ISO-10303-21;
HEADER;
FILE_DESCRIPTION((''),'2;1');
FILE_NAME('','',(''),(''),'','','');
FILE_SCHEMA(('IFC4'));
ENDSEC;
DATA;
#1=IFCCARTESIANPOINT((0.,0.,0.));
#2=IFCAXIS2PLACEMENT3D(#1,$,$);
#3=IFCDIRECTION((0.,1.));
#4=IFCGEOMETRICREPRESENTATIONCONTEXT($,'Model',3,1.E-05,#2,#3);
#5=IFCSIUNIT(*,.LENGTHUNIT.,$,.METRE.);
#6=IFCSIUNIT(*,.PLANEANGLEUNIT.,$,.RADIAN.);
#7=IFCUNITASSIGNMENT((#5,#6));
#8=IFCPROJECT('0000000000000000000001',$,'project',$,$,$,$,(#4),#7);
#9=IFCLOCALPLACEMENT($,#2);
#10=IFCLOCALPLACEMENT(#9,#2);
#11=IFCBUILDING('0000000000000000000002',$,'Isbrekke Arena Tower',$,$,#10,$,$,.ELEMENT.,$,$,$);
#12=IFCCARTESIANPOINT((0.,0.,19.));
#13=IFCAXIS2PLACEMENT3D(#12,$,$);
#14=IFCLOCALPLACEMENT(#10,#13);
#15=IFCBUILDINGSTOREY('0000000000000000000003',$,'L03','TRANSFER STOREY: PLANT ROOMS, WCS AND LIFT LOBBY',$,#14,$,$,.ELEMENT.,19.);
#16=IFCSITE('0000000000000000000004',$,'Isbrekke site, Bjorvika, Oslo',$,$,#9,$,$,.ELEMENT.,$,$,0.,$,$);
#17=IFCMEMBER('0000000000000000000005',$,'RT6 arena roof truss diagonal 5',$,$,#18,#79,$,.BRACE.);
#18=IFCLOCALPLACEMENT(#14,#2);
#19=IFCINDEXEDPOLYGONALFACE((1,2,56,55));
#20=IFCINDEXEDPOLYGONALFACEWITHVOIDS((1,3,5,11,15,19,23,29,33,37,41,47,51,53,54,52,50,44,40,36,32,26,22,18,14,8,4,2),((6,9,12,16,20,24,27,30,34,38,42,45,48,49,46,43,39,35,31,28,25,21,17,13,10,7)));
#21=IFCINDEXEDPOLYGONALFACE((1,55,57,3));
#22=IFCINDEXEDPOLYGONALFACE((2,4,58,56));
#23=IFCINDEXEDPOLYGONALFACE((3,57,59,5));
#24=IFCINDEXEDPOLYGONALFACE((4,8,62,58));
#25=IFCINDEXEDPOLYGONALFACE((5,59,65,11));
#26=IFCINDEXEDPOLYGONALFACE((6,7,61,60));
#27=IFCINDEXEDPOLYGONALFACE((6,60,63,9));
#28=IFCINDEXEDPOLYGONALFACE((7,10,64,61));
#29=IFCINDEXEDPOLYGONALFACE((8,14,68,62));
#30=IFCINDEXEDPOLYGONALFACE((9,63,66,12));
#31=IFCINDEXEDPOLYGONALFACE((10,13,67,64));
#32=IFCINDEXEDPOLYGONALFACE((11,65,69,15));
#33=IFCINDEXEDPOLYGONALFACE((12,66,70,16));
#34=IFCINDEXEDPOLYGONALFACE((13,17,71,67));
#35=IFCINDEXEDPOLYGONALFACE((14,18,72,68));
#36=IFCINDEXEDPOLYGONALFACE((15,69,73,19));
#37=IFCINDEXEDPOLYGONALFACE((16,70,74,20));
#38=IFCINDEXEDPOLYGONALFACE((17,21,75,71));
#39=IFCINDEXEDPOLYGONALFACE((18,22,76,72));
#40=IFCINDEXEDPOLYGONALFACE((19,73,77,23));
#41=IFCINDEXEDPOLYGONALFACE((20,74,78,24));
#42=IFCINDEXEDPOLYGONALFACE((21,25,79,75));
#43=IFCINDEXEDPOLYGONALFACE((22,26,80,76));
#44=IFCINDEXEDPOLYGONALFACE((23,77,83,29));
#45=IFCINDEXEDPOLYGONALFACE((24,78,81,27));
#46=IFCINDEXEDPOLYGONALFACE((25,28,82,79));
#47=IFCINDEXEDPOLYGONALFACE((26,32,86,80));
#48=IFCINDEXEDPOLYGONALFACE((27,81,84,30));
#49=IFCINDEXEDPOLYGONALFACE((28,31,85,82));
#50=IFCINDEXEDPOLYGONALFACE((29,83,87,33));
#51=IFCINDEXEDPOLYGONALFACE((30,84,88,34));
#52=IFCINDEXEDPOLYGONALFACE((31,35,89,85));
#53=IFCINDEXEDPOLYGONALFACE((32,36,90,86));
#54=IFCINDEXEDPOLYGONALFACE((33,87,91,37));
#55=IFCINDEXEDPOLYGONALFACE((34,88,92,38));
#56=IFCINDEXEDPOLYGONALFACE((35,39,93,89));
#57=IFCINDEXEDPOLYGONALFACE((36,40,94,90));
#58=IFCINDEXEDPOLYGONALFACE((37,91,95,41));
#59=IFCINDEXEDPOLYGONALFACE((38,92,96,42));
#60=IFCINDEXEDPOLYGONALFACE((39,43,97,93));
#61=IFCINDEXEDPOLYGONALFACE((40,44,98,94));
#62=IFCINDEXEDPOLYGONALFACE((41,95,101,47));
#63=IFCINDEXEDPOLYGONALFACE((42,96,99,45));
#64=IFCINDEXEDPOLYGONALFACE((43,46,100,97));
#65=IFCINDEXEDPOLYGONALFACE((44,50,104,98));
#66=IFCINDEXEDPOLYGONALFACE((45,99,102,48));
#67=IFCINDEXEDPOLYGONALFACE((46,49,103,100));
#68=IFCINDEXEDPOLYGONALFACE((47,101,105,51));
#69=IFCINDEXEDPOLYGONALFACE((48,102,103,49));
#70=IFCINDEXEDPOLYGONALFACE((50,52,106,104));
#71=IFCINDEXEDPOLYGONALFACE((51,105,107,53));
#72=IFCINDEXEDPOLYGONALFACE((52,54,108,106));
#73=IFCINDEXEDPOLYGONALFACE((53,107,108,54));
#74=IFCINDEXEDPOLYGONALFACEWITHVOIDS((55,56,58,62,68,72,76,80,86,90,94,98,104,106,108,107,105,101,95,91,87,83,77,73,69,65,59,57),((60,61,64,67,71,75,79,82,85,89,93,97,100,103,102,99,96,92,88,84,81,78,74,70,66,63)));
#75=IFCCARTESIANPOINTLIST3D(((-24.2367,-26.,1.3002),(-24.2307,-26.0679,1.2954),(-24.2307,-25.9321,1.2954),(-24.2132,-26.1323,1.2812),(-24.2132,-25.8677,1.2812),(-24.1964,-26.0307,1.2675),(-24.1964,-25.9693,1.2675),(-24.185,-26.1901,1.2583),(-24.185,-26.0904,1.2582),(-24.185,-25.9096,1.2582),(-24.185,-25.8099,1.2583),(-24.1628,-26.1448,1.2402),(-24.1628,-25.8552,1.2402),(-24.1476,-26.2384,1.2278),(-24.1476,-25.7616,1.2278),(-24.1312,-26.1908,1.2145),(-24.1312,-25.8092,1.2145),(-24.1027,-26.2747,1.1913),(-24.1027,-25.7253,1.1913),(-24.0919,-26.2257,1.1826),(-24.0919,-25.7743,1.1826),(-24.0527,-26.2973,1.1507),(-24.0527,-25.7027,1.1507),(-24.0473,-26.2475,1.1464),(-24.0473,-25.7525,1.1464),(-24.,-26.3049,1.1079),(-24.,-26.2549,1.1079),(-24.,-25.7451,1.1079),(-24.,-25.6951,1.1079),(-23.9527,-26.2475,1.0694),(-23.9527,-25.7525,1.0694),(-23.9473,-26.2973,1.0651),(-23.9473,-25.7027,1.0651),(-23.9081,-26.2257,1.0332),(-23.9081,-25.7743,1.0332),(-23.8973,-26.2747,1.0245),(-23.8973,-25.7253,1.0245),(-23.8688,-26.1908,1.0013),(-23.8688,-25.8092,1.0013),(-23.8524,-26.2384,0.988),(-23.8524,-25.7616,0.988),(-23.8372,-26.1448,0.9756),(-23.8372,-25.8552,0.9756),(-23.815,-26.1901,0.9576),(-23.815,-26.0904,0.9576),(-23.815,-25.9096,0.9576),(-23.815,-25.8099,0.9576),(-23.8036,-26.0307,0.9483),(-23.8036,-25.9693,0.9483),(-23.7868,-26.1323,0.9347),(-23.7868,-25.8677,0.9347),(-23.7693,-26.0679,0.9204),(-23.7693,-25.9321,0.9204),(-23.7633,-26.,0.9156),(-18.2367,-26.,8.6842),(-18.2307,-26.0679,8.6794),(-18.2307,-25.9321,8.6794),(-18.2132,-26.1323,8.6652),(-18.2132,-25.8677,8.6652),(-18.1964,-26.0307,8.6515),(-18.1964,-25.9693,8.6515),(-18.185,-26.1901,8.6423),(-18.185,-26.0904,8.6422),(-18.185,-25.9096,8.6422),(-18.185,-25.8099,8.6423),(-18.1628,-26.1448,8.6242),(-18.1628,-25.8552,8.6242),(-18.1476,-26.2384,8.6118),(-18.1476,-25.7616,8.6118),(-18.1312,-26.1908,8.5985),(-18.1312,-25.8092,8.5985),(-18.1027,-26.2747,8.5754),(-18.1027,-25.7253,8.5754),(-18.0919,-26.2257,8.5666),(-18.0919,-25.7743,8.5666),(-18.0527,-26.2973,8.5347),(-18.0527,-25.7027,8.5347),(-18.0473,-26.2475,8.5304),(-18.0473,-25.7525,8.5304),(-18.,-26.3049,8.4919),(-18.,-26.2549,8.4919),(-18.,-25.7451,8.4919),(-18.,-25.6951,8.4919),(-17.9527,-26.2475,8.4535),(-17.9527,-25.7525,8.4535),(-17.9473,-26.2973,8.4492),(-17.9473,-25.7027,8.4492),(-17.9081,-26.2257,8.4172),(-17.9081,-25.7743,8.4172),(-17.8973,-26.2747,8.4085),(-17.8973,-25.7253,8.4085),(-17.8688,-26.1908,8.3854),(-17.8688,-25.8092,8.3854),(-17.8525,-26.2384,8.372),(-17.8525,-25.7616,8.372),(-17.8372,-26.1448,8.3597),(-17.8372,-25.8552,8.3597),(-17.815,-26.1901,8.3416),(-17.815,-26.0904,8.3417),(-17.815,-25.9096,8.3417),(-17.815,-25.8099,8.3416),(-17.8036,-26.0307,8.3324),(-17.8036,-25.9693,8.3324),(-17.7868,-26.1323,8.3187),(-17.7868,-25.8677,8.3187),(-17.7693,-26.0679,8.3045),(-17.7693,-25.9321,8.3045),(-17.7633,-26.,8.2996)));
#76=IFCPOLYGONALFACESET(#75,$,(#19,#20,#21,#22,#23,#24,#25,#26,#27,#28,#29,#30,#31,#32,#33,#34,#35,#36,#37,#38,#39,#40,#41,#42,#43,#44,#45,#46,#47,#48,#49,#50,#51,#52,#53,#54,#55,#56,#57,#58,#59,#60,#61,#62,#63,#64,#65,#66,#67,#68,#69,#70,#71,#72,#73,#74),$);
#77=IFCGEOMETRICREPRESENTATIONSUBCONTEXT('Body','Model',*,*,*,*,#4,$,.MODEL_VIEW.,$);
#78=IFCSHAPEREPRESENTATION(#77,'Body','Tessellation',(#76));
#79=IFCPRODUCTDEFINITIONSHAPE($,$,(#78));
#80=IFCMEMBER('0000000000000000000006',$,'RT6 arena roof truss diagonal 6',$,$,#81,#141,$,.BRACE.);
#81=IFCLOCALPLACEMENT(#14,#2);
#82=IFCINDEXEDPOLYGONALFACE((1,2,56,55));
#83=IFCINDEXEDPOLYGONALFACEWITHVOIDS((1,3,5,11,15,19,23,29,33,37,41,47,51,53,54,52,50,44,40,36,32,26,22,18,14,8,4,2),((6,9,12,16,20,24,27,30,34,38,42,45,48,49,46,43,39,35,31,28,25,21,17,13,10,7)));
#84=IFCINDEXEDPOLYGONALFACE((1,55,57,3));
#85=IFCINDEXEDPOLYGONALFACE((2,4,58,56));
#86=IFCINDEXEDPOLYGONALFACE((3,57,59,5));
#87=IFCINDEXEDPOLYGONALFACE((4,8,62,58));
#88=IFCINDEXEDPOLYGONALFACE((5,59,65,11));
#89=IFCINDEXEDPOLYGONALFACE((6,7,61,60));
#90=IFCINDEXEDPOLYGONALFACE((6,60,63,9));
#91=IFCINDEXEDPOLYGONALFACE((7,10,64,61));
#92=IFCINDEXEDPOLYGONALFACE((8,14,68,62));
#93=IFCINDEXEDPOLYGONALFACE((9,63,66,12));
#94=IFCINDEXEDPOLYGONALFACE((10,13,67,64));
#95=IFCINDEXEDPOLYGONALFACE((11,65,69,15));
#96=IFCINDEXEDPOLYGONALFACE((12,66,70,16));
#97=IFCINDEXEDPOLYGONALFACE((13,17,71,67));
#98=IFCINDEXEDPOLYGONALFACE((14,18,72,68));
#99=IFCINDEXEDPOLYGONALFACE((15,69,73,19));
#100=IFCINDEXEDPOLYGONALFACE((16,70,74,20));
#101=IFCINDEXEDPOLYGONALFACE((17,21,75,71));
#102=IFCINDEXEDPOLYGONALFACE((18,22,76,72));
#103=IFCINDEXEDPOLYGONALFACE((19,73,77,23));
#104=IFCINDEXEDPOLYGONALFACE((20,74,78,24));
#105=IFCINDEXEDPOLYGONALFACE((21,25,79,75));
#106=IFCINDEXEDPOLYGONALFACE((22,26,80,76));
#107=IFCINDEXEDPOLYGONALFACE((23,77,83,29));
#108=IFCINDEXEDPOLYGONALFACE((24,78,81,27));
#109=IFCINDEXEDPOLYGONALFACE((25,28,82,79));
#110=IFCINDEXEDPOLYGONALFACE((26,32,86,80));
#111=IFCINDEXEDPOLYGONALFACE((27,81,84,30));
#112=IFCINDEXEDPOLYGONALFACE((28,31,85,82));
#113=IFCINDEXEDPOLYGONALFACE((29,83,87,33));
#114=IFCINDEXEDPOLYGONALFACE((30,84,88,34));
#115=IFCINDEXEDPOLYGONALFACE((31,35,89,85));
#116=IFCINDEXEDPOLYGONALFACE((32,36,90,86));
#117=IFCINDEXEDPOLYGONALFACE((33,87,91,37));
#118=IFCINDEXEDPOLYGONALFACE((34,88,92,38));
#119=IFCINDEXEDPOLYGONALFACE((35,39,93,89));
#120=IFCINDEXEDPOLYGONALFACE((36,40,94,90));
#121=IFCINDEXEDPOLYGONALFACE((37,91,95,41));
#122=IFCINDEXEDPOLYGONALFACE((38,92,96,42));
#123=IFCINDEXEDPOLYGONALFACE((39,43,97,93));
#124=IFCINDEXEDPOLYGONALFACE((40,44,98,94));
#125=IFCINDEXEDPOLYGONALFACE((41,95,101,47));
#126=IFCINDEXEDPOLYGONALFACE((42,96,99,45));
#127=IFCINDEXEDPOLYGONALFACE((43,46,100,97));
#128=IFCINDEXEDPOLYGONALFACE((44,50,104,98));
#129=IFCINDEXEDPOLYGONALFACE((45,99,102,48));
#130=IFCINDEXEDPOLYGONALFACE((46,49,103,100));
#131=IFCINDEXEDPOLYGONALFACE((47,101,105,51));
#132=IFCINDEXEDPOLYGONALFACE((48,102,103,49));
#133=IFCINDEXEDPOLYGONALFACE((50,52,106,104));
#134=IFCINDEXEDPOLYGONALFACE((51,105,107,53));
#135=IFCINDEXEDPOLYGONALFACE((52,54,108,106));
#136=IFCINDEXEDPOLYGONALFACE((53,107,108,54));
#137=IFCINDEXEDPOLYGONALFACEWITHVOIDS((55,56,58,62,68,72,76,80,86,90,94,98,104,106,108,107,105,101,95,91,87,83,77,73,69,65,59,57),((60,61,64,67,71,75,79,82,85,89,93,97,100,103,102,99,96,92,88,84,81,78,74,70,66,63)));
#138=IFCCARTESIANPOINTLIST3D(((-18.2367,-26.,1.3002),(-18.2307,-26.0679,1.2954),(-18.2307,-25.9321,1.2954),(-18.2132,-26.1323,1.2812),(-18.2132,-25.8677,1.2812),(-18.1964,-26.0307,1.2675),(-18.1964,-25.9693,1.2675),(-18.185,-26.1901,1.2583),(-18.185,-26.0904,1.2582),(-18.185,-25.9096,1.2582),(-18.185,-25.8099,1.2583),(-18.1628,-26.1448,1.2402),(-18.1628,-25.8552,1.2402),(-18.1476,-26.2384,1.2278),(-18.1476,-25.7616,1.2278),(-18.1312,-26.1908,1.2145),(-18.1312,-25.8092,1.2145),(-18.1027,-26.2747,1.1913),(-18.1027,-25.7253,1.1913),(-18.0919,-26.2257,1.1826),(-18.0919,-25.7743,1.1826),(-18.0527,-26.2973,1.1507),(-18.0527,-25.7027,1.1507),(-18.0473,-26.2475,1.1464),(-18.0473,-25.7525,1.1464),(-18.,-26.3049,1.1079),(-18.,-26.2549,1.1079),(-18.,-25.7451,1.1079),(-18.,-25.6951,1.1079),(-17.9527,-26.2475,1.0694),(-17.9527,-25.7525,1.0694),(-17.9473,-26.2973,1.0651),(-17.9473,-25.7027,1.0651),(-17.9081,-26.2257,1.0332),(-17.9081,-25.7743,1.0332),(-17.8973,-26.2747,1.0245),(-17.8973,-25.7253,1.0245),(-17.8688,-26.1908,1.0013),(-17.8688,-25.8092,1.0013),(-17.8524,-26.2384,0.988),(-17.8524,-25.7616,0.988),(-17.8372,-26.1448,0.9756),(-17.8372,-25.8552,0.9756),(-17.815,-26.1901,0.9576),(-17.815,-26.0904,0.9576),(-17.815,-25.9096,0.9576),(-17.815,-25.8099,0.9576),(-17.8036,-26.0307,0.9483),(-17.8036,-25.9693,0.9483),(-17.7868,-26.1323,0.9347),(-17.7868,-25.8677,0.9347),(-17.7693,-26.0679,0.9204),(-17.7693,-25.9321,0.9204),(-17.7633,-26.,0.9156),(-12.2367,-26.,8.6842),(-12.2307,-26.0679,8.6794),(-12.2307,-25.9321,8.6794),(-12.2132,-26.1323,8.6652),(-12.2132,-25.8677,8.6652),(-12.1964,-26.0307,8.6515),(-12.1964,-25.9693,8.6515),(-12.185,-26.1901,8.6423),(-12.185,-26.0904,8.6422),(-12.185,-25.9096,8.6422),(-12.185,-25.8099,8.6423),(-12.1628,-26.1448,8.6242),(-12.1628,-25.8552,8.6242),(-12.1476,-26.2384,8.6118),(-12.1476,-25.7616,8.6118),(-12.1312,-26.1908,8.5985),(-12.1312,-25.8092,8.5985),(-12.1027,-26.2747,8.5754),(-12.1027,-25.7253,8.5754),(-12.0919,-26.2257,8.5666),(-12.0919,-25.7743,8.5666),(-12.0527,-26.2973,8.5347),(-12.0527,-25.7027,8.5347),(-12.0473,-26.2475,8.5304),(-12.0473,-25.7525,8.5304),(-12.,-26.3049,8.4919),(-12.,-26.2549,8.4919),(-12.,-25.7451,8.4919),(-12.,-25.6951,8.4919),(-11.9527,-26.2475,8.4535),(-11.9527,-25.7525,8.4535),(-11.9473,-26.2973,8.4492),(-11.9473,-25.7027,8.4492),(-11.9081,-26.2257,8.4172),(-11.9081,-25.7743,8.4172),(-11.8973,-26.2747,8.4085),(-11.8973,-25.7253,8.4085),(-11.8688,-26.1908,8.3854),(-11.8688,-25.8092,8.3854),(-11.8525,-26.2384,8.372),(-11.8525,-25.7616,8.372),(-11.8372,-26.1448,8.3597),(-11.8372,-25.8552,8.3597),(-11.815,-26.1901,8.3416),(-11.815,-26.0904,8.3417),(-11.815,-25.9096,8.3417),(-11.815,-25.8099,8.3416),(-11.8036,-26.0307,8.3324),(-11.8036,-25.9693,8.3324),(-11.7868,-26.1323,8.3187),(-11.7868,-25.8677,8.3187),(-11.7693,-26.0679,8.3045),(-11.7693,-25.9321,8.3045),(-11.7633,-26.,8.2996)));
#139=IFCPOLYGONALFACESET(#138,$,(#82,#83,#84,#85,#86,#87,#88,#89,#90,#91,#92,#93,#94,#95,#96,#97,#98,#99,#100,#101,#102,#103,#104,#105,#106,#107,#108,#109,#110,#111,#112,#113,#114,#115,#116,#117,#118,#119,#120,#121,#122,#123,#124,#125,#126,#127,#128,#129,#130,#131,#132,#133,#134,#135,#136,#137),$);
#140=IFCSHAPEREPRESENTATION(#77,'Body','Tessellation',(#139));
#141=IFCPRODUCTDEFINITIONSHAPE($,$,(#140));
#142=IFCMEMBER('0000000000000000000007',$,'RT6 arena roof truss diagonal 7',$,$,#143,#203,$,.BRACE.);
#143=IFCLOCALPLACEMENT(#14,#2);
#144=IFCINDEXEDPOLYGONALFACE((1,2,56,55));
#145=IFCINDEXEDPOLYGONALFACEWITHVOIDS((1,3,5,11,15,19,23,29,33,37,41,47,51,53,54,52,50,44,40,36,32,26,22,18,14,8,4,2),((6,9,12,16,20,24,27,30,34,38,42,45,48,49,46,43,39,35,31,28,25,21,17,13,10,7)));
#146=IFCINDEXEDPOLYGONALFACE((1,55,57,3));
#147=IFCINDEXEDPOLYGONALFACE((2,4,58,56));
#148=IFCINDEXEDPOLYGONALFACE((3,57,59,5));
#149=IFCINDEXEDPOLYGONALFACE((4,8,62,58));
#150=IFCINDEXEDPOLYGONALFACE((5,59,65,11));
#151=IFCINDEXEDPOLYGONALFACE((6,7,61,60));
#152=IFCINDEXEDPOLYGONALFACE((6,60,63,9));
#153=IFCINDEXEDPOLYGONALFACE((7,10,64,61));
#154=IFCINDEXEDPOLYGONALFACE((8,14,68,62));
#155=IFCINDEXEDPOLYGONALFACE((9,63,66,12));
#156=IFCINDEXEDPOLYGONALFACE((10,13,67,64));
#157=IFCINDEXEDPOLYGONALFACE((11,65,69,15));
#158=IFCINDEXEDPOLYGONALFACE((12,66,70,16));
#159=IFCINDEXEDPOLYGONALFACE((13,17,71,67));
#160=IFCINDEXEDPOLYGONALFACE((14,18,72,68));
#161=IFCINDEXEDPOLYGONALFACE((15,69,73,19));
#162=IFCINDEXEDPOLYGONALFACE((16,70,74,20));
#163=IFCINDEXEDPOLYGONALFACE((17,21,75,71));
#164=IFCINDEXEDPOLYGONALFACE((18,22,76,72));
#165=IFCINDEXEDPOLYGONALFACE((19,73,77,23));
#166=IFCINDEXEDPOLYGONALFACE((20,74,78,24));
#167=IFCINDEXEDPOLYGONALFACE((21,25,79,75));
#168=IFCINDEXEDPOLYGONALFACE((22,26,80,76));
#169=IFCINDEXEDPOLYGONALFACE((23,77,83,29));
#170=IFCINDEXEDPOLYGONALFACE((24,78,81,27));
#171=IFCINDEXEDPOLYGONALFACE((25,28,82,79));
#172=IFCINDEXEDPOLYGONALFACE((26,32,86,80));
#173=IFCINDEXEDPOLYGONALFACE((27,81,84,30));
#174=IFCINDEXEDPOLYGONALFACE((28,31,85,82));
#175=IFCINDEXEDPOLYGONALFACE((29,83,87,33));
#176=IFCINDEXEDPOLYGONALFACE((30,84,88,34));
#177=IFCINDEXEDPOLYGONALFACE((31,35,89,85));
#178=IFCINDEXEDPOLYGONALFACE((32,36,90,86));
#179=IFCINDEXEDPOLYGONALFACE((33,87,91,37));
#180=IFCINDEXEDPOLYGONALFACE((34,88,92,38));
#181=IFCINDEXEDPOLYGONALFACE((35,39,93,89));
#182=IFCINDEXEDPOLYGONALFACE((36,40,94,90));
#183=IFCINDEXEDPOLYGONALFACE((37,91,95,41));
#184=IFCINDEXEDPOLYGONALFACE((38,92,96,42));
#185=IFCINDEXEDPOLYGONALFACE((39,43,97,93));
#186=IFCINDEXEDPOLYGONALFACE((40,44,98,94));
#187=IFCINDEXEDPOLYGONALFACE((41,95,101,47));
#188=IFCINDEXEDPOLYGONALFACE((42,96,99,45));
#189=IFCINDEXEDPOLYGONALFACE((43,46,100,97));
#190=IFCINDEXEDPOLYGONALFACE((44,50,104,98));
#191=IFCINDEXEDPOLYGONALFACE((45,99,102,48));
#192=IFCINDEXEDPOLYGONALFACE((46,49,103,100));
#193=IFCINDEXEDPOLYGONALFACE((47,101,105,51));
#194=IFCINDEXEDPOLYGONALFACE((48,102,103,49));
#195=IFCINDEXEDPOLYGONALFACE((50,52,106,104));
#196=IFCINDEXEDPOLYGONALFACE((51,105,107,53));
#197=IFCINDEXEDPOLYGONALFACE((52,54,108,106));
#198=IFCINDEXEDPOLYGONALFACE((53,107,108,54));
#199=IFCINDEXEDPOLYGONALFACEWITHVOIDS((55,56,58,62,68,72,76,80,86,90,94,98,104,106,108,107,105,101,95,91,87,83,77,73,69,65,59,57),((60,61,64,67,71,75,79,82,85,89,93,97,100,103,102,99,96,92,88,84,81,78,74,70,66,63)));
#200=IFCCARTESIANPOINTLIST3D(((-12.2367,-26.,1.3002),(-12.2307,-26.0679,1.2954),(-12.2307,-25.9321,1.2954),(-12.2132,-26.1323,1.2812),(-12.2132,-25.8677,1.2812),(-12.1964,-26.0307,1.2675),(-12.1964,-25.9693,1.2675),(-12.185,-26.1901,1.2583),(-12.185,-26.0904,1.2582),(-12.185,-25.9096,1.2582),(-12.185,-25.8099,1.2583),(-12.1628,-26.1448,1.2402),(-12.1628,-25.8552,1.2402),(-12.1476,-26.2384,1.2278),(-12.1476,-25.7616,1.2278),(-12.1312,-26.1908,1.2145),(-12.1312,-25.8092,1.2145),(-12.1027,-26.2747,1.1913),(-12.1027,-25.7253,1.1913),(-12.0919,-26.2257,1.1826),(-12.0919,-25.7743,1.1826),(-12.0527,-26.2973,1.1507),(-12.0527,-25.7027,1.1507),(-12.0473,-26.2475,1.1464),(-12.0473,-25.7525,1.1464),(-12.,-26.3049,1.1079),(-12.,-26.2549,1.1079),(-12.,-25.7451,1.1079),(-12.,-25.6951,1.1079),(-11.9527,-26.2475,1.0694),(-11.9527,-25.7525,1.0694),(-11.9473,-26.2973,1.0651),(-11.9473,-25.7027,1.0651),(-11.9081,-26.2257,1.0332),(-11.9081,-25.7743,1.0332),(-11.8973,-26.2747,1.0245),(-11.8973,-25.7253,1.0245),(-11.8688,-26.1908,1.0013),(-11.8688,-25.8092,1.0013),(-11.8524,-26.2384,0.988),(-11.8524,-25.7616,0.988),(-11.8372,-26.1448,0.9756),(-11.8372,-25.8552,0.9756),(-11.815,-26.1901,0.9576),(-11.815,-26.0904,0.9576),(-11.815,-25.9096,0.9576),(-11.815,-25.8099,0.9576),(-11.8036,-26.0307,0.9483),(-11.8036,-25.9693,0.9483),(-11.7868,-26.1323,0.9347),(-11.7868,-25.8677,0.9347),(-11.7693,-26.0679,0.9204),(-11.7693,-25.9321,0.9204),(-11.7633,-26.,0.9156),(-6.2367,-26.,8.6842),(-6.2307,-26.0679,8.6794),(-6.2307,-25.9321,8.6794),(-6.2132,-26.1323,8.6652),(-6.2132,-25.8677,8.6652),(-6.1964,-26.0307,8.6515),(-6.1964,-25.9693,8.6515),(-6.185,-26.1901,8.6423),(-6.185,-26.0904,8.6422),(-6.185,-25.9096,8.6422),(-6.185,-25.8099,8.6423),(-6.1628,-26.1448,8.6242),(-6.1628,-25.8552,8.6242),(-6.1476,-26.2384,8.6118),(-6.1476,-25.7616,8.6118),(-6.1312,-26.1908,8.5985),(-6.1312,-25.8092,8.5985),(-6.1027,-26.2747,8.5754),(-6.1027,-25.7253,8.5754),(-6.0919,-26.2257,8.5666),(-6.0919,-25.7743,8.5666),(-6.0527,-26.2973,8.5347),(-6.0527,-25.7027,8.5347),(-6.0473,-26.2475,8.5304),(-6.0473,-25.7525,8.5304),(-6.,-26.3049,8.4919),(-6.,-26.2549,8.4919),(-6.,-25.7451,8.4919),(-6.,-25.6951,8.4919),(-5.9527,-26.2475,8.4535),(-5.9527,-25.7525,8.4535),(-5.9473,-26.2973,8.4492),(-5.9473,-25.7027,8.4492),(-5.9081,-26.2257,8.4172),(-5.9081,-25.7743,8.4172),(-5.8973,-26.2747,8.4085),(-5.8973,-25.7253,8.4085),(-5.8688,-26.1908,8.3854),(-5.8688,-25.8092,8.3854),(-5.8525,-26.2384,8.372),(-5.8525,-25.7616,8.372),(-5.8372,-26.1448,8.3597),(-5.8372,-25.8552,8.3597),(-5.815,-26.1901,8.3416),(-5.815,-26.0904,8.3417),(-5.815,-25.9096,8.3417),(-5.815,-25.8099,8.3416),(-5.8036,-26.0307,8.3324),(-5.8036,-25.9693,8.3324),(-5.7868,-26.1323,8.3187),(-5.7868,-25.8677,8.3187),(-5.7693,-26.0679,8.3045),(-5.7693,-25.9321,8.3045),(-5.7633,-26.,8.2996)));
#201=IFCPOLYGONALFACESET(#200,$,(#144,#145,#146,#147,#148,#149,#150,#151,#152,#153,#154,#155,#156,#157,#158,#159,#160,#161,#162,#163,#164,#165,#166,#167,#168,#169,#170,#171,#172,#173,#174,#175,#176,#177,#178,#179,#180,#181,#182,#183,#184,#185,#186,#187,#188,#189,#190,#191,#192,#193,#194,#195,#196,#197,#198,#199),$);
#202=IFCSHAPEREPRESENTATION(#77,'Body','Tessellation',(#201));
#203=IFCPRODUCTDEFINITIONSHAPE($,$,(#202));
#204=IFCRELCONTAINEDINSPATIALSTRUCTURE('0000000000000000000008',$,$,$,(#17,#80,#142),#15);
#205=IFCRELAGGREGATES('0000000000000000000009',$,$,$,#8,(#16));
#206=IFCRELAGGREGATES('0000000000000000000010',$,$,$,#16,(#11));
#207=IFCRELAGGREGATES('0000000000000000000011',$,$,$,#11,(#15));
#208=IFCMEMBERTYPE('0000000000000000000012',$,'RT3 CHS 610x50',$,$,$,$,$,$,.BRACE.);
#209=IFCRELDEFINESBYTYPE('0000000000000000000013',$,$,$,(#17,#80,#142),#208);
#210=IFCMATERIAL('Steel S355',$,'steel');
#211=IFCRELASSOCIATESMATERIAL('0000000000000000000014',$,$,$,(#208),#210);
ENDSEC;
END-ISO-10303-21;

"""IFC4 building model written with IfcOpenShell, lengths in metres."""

from ifc_helpers import new_model, si_unit, direction, frame, origin, origin_2d, place, context, subcontext, project, spatial, hollow_circle, extrude, material, material_profile, profile_set, type_object, element, save


model = new_model("IFC4")

# Units and contexts
model_context = context("Model", 3, precision=1e-05, world=origin(), true_north=direction((0.0, 1.0)))
body_context = subcontext(model_context, "Body", "Model", "MODEL_VIEW")
ifc_project = project(units=[si_unit("LENGTHUNIT", "METRE"), si_unit("PLANEANGLEUNIT", "RADIAN")], contexts=[model_context])

# Site, building, storey
site_placement = place(None, origin())
site = spatial("IfcSite", under=ifc_project, at=site_placement, Name="Isbrekke site, Bjorvika, Oslo", CompositionType="ELEMENT", RefElevation=0.0)
building_placement = place(site_placement, origin())
building = spatial("IfcBuilding", under=site, at=building_placement, Name="Isbrekke Arena Tower", CompositionType="ELEMENT")
storey_placement = place(building_placement, frame((0.0, 0.0, 19.0)))
storey = spatial("IfcBuildingStorey", under=building, at=storey_placement, Name="L03", Description="TRANSFER STOREY: PLANT ROOMS, WCS AND LIFT LOBBY", CompositionType="ELEMENT", Elevation=19.0)

# Members
ifc_material_1 = material(Name="Steel S355", Category="steel")
ifc_material_profile_1 = material_profile(ifc_material_1, hollow_circle(Radius=0.3049, WallThickness=0.05, at=origin_2d()), Name="CHS 610x50")
ifc_profile_set_1 = profile_set([ifc_material_profile_1], Name="Steel S355")
member_type_1 = type_object("IfcMemberType", Name="RT3 CHS 610x50", PredefinedType="BRACE", material=ifc_profile_set_1)
for number, where, z_axis, x_axis, name in (
    (1, (-24.0, -26.0, 1.1079), (0.630623, 0.0, 0.77609), (0.0, 1.0, 0.0), "RT6 arena roof truss diagonal 5"),
    (2, (-18.0, -26.0, 1.1079), (0.630623, 0.0, 0.77609), (0.0, 1.0, 0.0), "RT6 arena roof truss diagonal 6"),
    (3, (-12.0, -26.0, 1.1079), (0.630623, 0.0, 0.77609), (0.0, 1.0, 0.0), "RT6 arena roof truss diagonal 7"),
):
    element("IfcMember", number, at=place(storey_placement, frame(where, z_axis=z_axis, x_axis=x_axis)), inside=storey, type_object=member_type_1, Name=name, PredefinedType="BRACE", context=body_context, shape_type="SweptSolid", body=[
        extrude(hollow_circle(Radius=0.3049, WallThickness=0.05, at=origin_2d()), origin(), (0.0, 0.0, 1.0), 9.5144),
    ])

save(model, "model.ifc")
